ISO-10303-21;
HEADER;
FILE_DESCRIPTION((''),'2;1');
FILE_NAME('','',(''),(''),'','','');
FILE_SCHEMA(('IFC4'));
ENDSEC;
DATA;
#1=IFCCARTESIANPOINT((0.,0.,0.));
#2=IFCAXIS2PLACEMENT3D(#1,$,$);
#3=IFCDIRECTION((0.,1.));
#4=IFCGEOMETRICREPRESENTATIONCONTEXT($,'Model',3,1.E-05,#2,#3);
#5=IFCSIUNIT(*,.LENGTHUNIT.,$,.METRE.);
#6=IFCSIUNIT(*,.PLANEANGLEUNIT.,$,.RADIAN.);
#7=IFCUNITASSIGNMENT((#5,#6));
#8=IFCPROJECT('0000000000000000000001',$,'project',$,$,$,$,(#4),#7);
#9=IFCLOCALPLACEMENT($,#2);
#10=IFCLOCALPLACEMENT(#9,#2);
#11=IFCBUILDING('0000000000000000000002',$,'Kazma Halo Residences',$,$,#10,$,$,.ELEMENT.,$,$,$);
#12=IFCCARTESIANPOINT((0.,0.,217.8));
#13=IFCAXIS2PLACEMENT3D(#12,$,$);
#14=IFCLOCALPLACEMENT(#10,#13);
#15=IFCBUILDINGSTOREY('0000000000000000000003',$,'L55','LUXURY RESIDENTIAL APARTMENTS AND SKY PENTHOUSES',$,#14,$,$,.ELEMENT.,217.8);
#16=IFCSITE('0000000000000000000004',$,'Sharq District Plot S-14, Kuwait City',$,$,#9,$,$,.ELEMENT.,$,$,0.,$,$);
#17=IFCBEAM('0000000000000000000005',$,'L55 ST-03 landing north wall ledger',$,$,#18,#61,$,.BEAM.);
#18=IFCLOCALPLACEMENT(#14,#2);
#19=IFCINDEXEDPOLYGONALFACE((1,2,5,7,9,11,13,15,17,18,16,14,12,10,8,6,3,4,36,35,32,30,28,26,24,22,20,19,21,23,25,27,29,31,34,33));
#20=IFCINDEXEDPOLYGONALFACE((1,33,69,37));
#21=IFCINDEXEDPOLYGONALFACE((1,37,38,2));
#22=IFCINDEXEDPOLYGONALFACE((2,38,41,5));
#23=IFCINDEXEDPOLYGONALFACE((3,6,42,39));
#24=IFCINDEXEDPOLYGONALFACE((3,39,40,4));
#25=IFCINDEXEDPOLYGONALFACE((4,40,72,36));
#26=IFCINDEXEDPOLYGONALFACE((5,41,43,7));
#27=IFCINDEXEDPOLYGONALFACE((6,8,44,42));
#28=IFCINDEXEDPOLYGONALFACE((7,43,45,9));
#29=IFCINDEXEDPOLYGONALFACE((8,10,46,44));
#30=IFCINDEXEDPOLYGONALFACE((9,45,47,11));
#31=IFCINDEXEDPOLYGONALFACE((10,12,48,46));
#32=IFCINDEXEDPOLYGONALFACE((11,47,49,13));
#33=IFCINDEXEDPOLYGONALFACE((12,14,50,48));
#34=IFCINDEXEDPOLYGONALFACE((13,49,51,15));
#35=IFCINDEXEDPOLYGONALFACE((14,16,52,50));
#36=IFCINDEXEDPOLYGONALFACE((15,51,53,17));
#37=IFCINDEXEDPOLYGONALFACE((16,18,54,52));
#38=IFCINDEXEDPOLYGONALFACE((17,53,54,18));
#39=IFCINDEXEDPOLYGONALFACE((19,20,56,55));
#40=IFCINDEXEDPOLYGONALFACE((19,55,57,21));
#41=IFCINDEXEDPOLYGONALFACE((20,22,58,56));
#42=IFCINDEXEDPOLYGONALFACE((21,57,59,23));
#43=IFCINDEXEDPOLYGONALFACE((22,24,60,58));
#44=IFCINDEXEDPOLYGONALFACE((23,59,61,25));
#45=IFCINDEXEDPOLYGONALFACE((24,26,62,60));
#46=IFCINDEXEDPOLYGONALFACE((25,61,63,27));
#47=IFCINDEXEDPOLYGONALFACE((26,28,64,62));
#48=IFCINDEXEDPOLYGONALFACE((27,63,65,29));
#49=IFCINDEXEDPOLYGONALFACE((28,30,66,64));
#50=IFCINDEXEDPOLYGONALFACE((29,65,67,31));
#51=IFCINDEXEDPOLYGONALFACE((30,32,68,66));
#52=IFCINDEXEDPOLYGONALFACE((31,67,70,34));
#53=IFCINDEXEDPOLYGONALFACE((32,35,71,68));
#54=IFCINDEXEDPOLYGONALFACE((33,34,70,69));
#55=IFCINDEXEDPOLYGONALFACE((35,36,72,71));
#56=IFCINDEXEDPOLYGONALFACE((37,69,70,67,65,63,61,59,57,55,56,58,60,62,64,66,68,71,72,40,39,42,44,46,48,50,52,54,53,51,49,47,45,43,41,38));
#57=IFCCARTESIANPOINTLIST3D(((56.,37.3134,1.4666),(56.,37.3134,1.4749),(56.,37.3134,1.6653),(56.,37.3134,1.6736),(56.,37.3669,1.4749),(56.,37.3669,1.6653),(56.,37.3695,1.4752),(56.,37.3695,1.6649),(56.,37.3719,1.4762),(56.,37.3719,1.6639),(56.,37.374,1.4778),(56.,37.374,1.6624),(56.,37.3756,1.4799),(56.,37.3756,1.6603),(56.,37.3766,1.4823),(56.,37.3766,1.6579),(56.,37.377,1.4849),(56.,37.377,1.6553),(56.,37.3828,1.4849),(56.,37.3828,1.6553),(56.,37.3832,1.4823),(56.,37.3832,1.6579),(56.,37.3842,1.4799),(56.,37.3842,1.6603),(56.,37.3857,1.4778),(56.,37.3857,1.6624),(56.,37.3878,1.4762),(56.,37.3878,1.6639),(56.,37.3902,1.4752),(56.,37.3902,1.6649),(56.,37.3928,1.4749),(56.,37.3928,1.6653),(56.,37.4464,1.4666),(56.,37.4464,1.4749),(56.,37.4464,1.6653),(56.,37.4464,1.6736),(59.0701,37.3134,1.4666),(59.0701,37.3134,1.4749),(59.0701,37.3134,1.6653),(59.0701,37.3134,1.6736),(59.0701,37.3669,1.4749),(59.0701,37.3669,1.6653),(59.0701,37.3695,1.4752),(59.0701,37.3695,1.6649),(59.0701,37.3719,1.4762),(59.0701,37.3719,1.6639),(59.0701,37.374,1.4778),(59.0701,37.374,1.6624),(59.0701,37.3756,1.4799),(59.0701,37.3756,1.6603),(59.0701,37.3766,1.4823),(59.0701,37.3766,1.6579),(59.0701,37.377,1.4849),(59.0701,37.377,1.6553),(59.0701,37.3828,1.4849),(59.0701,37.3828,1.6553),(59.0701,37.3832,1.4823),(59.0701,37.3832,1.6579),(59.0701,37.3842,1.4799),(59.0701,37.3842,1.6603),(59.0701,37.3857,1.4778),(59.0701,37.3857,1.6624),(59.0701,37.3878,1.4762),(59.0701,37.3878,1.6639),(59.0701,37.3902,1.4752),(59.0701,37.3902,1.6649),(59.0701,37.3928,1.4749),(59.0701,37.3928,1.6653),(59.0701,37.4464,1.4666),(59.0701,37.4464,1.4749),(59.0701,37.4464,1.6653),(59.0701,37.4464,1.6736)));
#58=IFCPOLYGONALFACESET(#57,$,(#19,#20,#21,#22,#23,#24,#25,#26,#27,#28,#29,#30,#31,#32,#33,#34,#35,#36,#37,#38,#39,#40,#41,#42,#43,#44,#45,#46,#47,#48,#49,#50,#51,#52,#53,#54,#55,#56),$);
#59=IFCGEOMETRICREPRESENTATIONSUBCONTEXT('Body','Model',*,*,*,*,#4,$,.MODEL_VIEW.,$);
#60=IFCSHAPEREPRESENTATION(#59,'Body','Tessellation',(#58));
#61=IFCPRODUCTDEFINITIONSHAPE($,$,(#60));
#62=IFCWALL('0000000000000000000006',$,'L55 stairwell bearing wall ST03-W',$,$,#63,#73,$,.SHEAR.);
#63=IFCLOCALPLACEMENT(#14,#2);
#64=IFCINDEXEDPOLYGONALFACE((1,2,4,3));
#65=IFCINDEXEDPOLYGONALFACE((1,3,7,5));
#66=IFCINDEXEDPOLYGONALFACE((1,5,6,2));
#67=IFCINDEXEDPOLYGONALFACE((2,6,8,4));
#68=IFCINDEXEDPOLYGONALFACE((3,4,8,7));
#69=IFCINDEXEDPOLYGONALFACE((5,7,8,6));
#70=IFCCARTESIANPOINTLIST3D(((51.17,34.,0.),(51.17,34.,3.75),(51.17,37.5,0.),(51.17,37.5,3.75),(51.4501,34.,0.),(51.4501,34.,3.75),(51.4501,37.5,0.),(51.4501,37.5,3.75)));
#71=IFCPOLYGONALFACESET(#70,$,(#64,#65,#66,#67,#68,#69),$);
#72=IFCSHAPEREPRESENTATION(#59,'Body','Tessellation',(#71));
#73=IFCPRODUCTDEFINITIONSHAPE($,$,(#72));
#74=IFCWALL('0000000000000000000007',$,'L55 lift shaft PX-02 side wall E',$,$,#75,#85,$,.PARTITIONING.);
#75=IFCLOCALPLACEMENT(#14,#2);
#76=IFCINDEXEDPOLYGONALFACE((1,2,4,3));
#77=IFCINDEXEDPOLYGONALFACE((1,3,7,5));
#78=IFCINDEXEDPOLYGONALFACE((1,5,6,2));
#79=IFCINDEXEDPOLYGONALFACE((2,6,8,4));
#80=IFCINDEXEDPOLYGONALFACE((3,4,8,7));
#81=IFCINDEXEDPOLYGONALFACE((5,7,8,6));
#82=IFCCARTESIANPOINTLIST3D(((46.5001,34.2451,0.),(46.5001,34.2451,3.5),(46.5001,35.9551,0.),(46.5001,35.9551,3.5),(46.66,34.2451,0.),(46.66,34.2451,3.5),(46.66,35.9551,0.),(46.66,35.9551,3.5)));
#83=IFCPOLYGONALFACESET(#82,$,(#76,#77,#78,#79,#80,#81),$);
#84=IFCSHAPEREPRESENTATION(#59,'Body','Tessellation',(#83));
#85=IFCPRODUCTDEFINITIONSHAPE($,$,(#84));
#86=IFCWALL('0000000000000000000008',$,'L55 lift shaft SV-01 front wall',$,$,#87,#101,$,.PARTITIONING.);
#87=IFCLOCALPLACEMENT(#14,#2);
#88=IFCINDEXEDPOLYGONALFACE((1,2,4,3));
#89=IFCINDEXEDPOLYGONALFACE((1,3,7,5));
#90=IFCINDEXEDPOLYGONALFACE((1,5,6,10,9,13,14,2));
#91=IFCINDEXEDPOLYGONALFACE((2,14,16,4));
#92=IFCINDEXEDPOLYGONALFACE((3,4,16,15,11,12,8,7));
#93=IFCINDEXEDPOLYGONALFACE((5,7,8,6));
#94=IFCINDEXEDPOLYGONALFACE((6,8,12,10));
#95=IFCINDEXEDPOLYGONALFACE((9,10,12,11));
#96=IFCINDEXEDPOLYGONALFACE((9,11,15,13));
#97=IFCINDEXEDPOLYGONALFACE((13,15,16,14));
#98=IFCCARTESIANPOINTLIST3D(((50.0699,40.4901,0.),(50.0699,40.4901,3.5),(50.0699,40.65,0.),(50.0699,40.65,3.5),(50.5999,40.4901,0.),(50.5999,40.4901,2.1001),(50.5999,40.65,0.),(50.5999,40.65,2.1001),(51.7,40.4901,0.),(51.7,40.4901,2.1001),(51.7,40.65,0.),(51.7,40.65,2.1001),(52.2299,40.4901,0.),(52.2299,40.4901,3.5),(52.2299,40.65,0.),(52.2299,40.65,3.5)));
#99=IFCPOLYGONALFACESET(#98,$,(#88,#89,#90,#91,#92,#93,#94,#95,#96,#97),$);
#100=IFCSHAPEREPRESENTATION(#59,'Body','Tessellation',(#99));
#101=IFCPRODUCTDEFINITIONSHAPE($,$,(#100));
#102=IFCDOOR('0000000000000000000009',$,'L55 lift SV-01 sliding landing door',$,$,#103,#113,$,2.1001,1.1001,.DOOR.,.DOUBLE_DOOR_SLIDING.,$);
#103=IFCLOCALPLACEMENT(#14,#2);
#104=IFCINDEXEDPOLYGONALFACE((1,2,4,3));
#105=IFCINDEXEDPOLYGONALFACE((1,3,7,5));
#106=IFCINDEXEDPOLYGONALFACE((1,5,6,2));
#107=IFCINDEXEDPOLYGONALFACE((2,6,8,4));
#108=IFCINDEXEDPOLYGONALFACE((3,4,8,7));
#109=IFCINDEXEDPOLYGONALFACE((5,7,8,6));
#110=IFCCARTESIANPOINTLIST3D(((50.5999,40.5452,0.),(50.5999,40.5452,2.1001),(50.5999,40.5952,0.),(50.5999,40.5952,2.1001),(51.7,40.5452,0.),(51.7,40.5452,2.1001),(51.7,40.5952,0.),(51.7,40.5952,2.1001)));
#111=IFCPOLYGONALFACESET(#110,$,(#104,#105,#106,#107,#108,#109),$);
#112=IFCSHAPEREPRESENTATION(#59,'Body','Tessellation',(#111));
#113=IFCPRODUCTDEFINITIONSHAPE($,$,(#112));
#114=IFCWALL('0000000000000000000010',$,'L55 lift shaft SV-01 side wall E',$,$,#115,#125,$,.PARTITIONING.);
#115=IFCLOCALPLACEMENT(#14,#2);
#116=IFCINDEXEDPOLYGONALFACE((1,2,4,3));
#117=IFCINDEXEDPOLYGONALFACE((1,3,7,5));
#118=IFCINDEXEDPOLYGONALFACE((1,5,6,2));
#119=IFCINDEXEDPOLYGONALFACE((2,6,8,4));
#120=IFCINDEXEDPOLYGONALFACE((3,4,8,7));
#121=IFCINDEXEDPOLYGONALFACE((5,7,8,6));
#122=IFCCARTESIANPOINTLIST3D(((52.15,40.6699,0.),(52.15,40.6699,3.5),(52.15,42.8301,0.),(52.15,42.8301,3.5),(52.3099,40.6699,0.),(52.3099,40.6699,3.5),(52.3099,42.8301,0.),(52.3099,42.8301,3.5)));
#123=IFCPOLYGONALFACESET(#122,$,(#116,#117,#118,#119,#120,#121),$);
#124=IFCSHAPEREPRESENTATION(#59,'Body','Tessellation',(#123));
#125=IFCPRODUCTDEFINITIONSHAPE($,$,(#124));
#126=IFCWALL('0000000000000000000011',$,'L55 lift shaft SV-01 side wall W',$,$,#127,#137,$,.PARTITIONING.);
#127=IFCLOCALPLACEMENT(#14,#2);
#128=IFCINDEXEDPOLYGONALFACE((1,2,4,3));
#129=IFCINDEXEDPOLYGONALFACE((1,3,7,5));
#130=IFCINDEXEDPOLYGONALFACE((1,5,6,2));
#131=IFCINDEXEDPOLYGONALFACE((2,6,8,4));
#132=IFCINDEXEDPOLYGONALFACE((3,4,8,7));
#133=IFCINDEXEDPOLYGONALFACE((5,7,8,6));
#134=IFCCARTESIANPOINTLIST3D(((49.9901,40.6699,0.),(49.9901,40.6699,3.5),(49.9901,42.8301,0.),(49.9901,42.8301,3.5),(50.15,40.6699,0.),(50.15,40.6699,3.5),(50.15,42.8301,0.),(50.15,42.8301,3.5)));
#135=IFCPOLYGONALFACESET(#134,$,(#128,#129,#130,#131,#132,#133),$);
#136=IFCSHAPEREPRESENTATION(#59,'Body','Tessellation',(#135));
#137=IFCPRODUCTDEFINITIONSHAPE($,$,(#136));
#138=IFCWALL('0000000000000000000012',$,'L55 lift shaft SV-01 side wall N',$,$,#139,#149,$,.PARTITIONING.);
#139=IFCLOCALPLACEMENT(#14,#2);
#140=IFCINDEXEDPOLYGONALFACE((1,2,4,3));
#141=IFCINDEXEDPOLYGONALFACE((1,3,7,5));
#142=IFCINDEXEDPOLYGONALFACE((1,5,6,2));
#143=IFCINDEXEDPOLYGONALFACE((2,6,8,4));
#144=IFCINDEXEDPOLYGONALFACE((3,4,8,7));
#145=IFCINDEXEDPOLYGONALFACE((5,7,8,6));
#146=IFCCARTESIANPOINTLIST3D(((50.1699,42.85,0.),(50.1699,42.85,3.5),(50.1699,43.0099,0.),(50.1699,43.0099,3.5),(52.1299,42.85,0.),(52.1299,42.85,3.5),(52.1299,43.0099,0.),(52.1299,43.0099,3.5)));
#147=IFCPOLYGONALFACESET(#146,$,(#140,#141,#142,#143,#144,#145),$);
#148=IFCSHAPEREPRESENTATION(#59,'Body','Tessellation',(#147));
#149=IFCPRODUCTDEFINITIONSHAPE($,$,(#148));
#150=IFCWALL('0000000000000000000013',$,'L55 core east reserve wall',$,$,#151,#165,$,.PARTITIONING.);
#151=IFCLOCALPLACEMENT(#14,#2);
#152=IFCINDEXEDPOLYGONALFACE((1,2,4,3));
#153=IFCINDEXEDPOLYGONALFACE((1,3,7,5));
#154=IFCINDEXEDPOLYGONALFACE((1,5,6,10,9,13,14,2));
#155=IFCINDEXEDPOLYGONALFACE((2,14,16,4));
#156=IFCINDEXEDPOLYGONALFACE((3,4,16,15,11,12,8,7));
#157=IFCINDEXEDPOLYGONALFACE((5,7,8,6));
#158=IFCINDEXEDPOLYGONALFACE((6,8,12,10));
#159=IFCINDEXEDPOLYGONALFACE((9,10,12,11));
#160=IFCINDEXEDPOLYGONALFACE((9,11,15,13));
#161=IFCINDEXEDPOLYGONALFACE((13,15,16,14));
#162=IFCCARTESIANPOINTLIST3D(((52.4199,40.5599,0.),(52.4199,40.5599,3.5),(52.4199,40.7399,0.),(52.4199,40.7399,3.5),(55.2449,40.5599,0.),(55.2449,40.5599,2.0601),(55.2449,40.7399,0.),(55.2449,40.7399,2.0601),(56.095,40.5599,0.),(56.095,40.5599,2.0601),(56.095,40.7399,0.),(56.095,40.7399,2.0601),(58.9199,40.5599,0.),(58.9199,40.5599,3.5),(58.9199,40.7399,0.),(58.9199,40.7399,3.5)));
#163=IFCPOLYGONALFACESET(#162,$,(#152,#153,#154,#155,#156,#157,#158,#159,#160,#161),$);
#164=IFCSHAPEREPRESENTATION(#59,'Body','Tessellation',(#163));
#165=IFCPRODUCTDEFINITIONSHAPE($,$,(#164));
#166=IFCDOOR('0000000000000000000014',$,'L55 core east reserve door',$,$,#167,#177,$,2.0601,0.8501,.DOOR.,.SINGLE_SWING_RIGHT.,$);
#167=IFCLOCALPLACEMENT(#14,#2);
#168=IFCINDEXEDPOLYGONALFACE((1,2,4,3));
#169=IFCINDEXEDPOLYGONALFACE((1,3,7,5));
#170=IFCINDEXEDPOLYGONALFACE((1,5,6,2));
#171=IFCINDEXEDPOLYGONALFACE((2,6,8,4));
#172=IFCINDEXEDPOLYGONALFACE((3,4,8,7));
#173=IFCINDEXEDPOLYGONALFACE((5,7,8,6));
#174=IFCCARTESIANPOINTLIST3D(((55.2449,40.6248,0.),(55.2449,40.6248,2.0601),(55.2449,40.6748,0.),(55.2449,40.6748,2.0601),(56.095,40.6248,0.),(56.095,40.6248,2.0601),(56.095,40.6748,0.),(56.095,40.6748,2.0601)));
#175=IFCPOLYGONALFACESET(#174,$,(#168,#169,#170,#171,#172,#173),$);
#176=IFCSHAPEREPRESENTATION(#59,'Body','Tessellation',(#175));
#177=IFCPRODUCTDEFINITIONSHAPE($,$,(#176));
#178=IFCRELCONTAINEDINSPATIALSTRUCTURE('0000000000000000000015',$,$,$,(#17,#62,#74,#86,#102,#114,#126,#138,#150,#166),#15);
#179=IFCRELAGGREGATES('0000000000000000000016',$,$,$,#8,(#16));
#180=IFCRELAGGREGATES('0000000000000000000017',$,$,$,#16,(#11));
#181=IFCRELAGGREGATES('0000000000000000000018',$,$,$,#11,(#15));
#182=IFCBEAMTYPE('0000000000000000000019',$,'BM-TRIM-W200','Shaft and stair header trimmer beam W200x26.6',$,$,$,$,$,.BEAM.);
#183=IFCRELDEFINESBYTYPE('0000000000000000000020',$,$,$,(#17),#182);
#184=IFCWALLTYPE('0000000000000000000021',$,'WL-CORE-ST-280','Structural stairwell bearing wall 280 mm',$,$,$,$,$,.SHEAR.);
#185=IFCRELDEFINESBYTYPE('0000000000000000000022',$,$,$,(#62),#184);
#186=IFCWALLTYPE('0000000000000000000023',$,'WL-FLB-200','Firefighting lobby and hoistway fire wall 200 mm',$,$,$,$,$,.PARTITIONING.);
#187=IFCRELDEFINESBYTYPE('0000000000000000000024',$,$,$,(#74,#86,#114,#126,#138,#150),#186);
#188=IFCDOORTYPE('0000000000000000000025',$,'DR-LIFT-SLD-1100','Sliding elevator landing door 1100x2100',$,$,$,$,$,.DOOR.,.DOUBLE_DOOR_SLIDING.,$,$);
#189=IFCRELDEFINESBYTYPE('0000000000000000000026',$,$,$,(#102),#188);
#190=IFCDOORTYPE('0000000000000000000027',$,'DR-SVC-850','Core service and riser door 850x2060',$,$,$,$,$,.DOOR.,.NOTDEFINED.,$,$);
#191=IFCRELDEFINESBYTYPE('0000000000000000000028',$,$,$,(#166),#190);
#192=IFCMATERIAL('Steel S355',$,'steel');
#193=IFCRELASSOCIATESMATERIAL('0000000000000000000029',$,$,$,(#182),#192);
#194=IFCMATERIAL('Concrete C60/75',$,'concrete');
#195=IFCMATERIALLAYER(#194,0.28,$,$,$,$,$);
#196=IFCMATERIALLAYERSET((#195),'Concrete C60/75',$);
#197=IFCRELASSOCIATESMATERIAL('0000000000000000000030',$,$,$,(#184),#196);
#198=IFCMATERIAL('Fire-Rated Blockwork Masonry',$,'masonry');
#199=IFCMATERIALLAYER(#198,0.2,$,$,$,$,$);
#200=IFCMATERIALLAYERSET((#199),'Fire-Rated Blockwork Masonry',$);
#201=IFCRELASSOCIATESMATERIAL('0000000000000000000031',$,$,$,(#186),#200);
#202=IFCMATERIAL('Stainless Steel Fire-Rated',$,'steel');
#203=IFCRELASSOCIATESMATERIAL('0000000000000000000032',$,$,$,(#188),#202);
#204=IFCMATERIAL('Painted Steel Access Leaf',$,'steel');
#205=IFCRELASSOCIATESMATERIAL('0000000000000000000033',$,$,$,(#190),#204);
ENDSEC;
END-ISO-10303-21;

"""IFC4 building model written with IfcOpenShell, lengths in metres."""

from ifc_helpers import new_model, si_unit, direction, frame, frame_2d, origin, origin_2d, place, context, subcontext, project, spatial, rectangle, i_section, extrude, material, layer, layer_set, material_profile, profile_set, type_object, element, fill, save


model = new_model("IFC4")

# Units and contexts
model_context = context("Model", 3, precision=1e-05, world=origin(), true_north=direction((0.0, 1.0)))
body_context = subcontext(model_context, "Body", "Model", "MODEL_VIEW")
ifc_project = project(units=[si_unit("LENGTHUNIT", "METRE"), si_unit("PLANEANGLEUNIT", "RADIAN")], contexts=[model_context])

# Site, building, storey
site_placement = place(None, origin())
site = spatial("IfcSite", under=ifc_project, at=site_placement, Name="Sharq District Plot S-14, Kuwait City", CompositionType="ELEMENT", RefElevation=0.0)
building_placement = place(site_placement, origin())
building = spatial("IfcBuilding", under=site, at=building_placement, Name="Kazma Halo Residences", CompositionType="ELEMENT")
storey_placement = place(building_placement, frame((0.0, 0.0, 217.8)))
storey = spatial("IfcBuildingStorey", under=building, at=storey_placement, Name="L55", Description="LUXURY RESIDENTIAL APARTMENTS AND SKY PENTHOUSES", CompositionType="ELEMENT", Elevation=217.8)

# Shared definitions
ifc_material_1 = material(Name="Steel S355", Category="steel")

# Beam
ifc_material_profile_1 = material_profile(ifc_material_1, i_section(OverallWidth=0.1331, OverallDepth=0.207, WebThickness=0.0059, FlangeThickness=0.0083, FilletRadius=0.01, at=origin_2d()), Name="W200x26.6")
ifc_profile_set_1 = profile_set([ifc_material_profile_1], Name="Steel S355")
beam_type = type_object("IfcBeamType", Name="BM-TRIM-W200", Description="Shaft and stair header trimmer beam W200x26.6", PredefinedType="BEAM", material=ifc_profile_set_1)
beam_1_placement = place(storey_placement, frame((56.0, 37.3799, 1.5701), z_axis=(1.0, 0.0, 0.0), x_axis=(0.0, 1.0, 0.0)))
element("IfcBeam", 1, at=beam_1_placement, inside=storey, type_object=beam_type, Name="L55 ST-03 landing north wall ledger", PredefinedType="BEAM", context=body_context, shape_type="SweptSolid", body=[
    extrude(i_section(OverallWidth=0.1331, OverallDepth=0.207, WebThickness=0.0059, FlangeThickness=0.0083, FilletRadius=0.01, at=origin_2d()), origin(), (0.0, 0.0, 1.0), 3.0701),
])

# Walls
ifc_material_2 = material(Name="Concrete C60/75", Category="concrete")
ifc_layer_1 = layer(ifc_material_2, 0.28)
ifc_layer_set_1 = layer_set([ifc_layer_1], Name="Concrete C60/75")
wall_type_1 = type_object("IfcWallType", Name="WL-CORE-ST-280", Description="Structural stairwell bearing wall 280 mm", PredefinedType="SHEAR", material=ifc_layer_set_1)
wall_1_placement = place(storey_placement, frame((51.3101, 34.0, 0.0), z_axis=(0.0, 0.0, 1.0), x_axis=(0.0, 1.0, 0.0)))
element("IfcWall", 2, at=wall_1_placement, inside=storey, type_object=wall_type_1, Name="L55 stairwell bearing wall ST03-W", PredefinedType="SHEAR", context=body_context, shape_type="SweptSolid", body=[
    extrude(rectangle(XDim=3.5, YDim=0.28, at=frame_2d((1.75, 0.0))), origin(), (0.0, 0.0, 1.0), 3.75),
])
ifc_material_3 = material(Name="Fire-Rated Blockwork Masonry", Category="masonry")
ifc_layer_2 = layer(ifc_material_3, 0.2)
ifc_layer_set_2 = layer_set([ifc_layer_2], Name="Fire-Rated Blockwork Masonry")
wall_type_2 = type_object("IfcWallType", Name="WL-FLB-200", Description="Firefighting lobby and hoistway fire wall 200 mm", PredefinedType="PARTITIONING", material=ifc_layer_set_2)
wall_2_placement = place(storey_placement, frame((46.5801, 34.2451, 0.0), z_axis=(0.0, 0.0, 1.0), x_axis=(0.0, 1.0, 0.0)))
element("IfcWall", 3, at=wall_2_placement, inside=storey, type_object=wall_type_2, Name="L55 lift shaft PX-02 side wall E", PredefinedType="PARTITIONING", context=body_context, shape_type="SweptSolid", body=[
    extrude(rectangle(XDim=1.71, YDim=0.1599, at=frame_2d((0.855, 0.0))), origin(), (0.0, 0.0, 1.0), 3.5),
])

# Wall, opening, door
wall_3_placement = place(storey_placement, frame((52.23, 40.5701, 0.0), z_axis=(0.0, 0.0, 1.0), x_axis=(-1.0, 0.0, 0.0)))
wall_3 = element("IfcWall", 4, at=wall_3_placement, inside=storey, type_object=wall_type_2, Name="L55 lift shaft SV-01 front wall", PredefinedType="PARTITIONING", context=body_context, shape_type="SweptSolid", body=[
    extrude(rectangle(XDim=2.1599, YDim=0.1599, at=frame_2d((1.0801, 0.0))), origin(), (0.0, 0.0, 1.0), 3.5),
])
opening_1_placement = place(wall_3_placement, frame((0.53, 0.0, 0.0)))
opening_1 = element("IfcOpeningElement", 5, at=opening_1_placement, cuts=wall_3, PredefinedType="OPENING", context=body_context, shape_type="SweptSolid", body=[
    extrude(rectangle(XDim=1.1001, YDim=2.1001, at=frame_2d((0.55, 1.05))), frame((0.0, 0.0898, 0.0), z_axis=(0.0, -1.0, 0.0), x_axis=(1.0, 0.0, 0.0)), (0.0, 0.0, 1.0), 0.1799),
])
ifc_material_4 = material(Name="Stainless Steel Fire-Rated", Category="steel")
door_type_1 = type_object("IfcDoorType", Name="DR-LIFT-SLD-1100", Description="Sliding elevator landing door 1100x2100", OperationType="DOUBLE_DOOR_SLIDING", PredefinedType="DOOR", material=ifc_material_4)
door_1_placement = place(opening_1_placement, origin())
door_1 = element("IfcDoor", 6, at=door_1_placement, inside=storey, type_object=door_type_1, Name="L55 lift SV-01 sliding landing door", OperationType="DOUBLE_DOOR_SLIDING", OverallHeight=2.1001, OverallWidth=1.1001, PredefinedType="DOOR", context=body_context, shape_type="SweptSolid", body=[
    extrude(rectangle(XDim=1.1001, YDim=2.1001, at=frame_2d((0.55, 1.05))), frame((0.0, 0.0249, 0.0), z_axis=(0.0, -1.0, 0.0), x_axis=(1.0, 0.0, 0.0)), (0.0, 0.0, 1.0), 0.05),
])
fill(opening_1, door_1)

# Walls
for number, where, z_axis, x_axis, name in (
    (7, (52.23, 40.6699, 0.0), (0.0, 0.0, 1.0), (0.0, 1.0, 0.0), "L55 lift shaft SV-01 side wall E"),
    (8, (50.0701, 40.6699, 0.0), (0.0, 0.0, 1.0), (0.0, 1.0, 0.0), "L55 lift shaft SV-01 side wall W"),
):
    element("IfcWall", number, at=place(storey_placement, frame(where, z_axis=z_axis, x_axis=x_axis)), inside=storey, type_object=wall_type_2, Name=name, PredefinedType="PARTITIONING", context=body_context, shape_type="SweptSolid", body=[
        extrude(rectangle(XDim=2.1602, YDim=0.1599, at=frame_2d((1.0801, 0.0))), origin(), (0.0, 0.0, 1.0), 3.5),
    ])
wall_4_placement = place(storey_placement, frame((50.1699, 42.9299, 0.0), z_axis=(0.0, 0.0, 1.0), x_axis=(1.0, 0.0, 0.0)))
element("IfcWall", 9, at=wall_4_placement, inside=storey, type_object=wall_type_2, Name="L55 lift shaft SV-01 side wall N", PredefinedType="PARTITIONING", context=body_context, shape_type="SweptSolid", body=[
    extrude(rectangle(XDim=1.96, YDim=0.1599, at=frame_2d((0.98, 0.0))), origin(), (0.0, 0.0, 1.0), 3.5),
])

# Wall, opening, door
wall_5_placement = place(storey_placement, frame((52.4199, 40.6499, 0.0), z_axis=(0.0, 0.0, 1.0), x_axis=(1.0, 0.0, 0.0)))
wall_5 = element("IfcWall", 10, at=wall_5_placement, inside=storey, type_object=wall_type_2, Name="L55 core east reserve wall", PredefinedType="PARTITIONING", context=body_context, shape_type="SweptSolid", body=[
    extrude(rectangle(XDim=6.5, YDim=0.1799, at=frame_2d((3.25, 0.0))), origin(), (0.0, 0.0, 1.0), 3.5),
])
opening_2_placement = place(wall_5_placement, frame((2.825, 0.0, 0.0)))
opening_2 = element("IfcOpeningElement", 11, at=opening_2_placement, cuts=wall_5, PredefinedType="OPENING", context=body_context, shape_type="SweptSolid", body=[
    extrude(rectangle(XDim=0.8501, YDim=2.0601, at=frame_2d((0.425, 1.03))), frame((0.0, 0.0999, 0.0), z_axis=(0.0, -1.0, 0.0), x_axis=(1.0, 0.0, 0.0)), (0.0, 0.0, 1.0), 0.2),
])
ifc_material_5 = material(Name="Painted Steel Access Leaf", Category="steel")
door_type_2 = type_object("IfcDoorType", Name="DR-SVC-850", Description="Core service and riser door 850x2060", OperationType="NOTDEFINED", PredefinedType="DOOR", material=ifc_material_5)
door_2_placement = place(opening_2_placement, origin())
door_2 = element("IfcDoor", 12, at=door_2_placement, inside=storey, type_object=door_type_2, Name="L55 core east reserve door", OperationType="SINGLE_SWING_RIGHT", OverallHeight=2.0601, OverallWidth=0.8501, PredefinedType="DOOR", context=body_context, shape_type="SweptSolid", body=[
    extrude(rectangle(XDim=0.8501, YDim=2.0601, at=frame_2d((0.425, 1.03))), frame((0.0, 0.0249, 0.0), z_axis=(0.0, -1.0, 0.0), x_axis=(1.0, 0.0, 0.0)), (0.0, 0.0, 1.0), 0.05),
])
fill(opening_2, door_2)

save(model, "model.ifc")
